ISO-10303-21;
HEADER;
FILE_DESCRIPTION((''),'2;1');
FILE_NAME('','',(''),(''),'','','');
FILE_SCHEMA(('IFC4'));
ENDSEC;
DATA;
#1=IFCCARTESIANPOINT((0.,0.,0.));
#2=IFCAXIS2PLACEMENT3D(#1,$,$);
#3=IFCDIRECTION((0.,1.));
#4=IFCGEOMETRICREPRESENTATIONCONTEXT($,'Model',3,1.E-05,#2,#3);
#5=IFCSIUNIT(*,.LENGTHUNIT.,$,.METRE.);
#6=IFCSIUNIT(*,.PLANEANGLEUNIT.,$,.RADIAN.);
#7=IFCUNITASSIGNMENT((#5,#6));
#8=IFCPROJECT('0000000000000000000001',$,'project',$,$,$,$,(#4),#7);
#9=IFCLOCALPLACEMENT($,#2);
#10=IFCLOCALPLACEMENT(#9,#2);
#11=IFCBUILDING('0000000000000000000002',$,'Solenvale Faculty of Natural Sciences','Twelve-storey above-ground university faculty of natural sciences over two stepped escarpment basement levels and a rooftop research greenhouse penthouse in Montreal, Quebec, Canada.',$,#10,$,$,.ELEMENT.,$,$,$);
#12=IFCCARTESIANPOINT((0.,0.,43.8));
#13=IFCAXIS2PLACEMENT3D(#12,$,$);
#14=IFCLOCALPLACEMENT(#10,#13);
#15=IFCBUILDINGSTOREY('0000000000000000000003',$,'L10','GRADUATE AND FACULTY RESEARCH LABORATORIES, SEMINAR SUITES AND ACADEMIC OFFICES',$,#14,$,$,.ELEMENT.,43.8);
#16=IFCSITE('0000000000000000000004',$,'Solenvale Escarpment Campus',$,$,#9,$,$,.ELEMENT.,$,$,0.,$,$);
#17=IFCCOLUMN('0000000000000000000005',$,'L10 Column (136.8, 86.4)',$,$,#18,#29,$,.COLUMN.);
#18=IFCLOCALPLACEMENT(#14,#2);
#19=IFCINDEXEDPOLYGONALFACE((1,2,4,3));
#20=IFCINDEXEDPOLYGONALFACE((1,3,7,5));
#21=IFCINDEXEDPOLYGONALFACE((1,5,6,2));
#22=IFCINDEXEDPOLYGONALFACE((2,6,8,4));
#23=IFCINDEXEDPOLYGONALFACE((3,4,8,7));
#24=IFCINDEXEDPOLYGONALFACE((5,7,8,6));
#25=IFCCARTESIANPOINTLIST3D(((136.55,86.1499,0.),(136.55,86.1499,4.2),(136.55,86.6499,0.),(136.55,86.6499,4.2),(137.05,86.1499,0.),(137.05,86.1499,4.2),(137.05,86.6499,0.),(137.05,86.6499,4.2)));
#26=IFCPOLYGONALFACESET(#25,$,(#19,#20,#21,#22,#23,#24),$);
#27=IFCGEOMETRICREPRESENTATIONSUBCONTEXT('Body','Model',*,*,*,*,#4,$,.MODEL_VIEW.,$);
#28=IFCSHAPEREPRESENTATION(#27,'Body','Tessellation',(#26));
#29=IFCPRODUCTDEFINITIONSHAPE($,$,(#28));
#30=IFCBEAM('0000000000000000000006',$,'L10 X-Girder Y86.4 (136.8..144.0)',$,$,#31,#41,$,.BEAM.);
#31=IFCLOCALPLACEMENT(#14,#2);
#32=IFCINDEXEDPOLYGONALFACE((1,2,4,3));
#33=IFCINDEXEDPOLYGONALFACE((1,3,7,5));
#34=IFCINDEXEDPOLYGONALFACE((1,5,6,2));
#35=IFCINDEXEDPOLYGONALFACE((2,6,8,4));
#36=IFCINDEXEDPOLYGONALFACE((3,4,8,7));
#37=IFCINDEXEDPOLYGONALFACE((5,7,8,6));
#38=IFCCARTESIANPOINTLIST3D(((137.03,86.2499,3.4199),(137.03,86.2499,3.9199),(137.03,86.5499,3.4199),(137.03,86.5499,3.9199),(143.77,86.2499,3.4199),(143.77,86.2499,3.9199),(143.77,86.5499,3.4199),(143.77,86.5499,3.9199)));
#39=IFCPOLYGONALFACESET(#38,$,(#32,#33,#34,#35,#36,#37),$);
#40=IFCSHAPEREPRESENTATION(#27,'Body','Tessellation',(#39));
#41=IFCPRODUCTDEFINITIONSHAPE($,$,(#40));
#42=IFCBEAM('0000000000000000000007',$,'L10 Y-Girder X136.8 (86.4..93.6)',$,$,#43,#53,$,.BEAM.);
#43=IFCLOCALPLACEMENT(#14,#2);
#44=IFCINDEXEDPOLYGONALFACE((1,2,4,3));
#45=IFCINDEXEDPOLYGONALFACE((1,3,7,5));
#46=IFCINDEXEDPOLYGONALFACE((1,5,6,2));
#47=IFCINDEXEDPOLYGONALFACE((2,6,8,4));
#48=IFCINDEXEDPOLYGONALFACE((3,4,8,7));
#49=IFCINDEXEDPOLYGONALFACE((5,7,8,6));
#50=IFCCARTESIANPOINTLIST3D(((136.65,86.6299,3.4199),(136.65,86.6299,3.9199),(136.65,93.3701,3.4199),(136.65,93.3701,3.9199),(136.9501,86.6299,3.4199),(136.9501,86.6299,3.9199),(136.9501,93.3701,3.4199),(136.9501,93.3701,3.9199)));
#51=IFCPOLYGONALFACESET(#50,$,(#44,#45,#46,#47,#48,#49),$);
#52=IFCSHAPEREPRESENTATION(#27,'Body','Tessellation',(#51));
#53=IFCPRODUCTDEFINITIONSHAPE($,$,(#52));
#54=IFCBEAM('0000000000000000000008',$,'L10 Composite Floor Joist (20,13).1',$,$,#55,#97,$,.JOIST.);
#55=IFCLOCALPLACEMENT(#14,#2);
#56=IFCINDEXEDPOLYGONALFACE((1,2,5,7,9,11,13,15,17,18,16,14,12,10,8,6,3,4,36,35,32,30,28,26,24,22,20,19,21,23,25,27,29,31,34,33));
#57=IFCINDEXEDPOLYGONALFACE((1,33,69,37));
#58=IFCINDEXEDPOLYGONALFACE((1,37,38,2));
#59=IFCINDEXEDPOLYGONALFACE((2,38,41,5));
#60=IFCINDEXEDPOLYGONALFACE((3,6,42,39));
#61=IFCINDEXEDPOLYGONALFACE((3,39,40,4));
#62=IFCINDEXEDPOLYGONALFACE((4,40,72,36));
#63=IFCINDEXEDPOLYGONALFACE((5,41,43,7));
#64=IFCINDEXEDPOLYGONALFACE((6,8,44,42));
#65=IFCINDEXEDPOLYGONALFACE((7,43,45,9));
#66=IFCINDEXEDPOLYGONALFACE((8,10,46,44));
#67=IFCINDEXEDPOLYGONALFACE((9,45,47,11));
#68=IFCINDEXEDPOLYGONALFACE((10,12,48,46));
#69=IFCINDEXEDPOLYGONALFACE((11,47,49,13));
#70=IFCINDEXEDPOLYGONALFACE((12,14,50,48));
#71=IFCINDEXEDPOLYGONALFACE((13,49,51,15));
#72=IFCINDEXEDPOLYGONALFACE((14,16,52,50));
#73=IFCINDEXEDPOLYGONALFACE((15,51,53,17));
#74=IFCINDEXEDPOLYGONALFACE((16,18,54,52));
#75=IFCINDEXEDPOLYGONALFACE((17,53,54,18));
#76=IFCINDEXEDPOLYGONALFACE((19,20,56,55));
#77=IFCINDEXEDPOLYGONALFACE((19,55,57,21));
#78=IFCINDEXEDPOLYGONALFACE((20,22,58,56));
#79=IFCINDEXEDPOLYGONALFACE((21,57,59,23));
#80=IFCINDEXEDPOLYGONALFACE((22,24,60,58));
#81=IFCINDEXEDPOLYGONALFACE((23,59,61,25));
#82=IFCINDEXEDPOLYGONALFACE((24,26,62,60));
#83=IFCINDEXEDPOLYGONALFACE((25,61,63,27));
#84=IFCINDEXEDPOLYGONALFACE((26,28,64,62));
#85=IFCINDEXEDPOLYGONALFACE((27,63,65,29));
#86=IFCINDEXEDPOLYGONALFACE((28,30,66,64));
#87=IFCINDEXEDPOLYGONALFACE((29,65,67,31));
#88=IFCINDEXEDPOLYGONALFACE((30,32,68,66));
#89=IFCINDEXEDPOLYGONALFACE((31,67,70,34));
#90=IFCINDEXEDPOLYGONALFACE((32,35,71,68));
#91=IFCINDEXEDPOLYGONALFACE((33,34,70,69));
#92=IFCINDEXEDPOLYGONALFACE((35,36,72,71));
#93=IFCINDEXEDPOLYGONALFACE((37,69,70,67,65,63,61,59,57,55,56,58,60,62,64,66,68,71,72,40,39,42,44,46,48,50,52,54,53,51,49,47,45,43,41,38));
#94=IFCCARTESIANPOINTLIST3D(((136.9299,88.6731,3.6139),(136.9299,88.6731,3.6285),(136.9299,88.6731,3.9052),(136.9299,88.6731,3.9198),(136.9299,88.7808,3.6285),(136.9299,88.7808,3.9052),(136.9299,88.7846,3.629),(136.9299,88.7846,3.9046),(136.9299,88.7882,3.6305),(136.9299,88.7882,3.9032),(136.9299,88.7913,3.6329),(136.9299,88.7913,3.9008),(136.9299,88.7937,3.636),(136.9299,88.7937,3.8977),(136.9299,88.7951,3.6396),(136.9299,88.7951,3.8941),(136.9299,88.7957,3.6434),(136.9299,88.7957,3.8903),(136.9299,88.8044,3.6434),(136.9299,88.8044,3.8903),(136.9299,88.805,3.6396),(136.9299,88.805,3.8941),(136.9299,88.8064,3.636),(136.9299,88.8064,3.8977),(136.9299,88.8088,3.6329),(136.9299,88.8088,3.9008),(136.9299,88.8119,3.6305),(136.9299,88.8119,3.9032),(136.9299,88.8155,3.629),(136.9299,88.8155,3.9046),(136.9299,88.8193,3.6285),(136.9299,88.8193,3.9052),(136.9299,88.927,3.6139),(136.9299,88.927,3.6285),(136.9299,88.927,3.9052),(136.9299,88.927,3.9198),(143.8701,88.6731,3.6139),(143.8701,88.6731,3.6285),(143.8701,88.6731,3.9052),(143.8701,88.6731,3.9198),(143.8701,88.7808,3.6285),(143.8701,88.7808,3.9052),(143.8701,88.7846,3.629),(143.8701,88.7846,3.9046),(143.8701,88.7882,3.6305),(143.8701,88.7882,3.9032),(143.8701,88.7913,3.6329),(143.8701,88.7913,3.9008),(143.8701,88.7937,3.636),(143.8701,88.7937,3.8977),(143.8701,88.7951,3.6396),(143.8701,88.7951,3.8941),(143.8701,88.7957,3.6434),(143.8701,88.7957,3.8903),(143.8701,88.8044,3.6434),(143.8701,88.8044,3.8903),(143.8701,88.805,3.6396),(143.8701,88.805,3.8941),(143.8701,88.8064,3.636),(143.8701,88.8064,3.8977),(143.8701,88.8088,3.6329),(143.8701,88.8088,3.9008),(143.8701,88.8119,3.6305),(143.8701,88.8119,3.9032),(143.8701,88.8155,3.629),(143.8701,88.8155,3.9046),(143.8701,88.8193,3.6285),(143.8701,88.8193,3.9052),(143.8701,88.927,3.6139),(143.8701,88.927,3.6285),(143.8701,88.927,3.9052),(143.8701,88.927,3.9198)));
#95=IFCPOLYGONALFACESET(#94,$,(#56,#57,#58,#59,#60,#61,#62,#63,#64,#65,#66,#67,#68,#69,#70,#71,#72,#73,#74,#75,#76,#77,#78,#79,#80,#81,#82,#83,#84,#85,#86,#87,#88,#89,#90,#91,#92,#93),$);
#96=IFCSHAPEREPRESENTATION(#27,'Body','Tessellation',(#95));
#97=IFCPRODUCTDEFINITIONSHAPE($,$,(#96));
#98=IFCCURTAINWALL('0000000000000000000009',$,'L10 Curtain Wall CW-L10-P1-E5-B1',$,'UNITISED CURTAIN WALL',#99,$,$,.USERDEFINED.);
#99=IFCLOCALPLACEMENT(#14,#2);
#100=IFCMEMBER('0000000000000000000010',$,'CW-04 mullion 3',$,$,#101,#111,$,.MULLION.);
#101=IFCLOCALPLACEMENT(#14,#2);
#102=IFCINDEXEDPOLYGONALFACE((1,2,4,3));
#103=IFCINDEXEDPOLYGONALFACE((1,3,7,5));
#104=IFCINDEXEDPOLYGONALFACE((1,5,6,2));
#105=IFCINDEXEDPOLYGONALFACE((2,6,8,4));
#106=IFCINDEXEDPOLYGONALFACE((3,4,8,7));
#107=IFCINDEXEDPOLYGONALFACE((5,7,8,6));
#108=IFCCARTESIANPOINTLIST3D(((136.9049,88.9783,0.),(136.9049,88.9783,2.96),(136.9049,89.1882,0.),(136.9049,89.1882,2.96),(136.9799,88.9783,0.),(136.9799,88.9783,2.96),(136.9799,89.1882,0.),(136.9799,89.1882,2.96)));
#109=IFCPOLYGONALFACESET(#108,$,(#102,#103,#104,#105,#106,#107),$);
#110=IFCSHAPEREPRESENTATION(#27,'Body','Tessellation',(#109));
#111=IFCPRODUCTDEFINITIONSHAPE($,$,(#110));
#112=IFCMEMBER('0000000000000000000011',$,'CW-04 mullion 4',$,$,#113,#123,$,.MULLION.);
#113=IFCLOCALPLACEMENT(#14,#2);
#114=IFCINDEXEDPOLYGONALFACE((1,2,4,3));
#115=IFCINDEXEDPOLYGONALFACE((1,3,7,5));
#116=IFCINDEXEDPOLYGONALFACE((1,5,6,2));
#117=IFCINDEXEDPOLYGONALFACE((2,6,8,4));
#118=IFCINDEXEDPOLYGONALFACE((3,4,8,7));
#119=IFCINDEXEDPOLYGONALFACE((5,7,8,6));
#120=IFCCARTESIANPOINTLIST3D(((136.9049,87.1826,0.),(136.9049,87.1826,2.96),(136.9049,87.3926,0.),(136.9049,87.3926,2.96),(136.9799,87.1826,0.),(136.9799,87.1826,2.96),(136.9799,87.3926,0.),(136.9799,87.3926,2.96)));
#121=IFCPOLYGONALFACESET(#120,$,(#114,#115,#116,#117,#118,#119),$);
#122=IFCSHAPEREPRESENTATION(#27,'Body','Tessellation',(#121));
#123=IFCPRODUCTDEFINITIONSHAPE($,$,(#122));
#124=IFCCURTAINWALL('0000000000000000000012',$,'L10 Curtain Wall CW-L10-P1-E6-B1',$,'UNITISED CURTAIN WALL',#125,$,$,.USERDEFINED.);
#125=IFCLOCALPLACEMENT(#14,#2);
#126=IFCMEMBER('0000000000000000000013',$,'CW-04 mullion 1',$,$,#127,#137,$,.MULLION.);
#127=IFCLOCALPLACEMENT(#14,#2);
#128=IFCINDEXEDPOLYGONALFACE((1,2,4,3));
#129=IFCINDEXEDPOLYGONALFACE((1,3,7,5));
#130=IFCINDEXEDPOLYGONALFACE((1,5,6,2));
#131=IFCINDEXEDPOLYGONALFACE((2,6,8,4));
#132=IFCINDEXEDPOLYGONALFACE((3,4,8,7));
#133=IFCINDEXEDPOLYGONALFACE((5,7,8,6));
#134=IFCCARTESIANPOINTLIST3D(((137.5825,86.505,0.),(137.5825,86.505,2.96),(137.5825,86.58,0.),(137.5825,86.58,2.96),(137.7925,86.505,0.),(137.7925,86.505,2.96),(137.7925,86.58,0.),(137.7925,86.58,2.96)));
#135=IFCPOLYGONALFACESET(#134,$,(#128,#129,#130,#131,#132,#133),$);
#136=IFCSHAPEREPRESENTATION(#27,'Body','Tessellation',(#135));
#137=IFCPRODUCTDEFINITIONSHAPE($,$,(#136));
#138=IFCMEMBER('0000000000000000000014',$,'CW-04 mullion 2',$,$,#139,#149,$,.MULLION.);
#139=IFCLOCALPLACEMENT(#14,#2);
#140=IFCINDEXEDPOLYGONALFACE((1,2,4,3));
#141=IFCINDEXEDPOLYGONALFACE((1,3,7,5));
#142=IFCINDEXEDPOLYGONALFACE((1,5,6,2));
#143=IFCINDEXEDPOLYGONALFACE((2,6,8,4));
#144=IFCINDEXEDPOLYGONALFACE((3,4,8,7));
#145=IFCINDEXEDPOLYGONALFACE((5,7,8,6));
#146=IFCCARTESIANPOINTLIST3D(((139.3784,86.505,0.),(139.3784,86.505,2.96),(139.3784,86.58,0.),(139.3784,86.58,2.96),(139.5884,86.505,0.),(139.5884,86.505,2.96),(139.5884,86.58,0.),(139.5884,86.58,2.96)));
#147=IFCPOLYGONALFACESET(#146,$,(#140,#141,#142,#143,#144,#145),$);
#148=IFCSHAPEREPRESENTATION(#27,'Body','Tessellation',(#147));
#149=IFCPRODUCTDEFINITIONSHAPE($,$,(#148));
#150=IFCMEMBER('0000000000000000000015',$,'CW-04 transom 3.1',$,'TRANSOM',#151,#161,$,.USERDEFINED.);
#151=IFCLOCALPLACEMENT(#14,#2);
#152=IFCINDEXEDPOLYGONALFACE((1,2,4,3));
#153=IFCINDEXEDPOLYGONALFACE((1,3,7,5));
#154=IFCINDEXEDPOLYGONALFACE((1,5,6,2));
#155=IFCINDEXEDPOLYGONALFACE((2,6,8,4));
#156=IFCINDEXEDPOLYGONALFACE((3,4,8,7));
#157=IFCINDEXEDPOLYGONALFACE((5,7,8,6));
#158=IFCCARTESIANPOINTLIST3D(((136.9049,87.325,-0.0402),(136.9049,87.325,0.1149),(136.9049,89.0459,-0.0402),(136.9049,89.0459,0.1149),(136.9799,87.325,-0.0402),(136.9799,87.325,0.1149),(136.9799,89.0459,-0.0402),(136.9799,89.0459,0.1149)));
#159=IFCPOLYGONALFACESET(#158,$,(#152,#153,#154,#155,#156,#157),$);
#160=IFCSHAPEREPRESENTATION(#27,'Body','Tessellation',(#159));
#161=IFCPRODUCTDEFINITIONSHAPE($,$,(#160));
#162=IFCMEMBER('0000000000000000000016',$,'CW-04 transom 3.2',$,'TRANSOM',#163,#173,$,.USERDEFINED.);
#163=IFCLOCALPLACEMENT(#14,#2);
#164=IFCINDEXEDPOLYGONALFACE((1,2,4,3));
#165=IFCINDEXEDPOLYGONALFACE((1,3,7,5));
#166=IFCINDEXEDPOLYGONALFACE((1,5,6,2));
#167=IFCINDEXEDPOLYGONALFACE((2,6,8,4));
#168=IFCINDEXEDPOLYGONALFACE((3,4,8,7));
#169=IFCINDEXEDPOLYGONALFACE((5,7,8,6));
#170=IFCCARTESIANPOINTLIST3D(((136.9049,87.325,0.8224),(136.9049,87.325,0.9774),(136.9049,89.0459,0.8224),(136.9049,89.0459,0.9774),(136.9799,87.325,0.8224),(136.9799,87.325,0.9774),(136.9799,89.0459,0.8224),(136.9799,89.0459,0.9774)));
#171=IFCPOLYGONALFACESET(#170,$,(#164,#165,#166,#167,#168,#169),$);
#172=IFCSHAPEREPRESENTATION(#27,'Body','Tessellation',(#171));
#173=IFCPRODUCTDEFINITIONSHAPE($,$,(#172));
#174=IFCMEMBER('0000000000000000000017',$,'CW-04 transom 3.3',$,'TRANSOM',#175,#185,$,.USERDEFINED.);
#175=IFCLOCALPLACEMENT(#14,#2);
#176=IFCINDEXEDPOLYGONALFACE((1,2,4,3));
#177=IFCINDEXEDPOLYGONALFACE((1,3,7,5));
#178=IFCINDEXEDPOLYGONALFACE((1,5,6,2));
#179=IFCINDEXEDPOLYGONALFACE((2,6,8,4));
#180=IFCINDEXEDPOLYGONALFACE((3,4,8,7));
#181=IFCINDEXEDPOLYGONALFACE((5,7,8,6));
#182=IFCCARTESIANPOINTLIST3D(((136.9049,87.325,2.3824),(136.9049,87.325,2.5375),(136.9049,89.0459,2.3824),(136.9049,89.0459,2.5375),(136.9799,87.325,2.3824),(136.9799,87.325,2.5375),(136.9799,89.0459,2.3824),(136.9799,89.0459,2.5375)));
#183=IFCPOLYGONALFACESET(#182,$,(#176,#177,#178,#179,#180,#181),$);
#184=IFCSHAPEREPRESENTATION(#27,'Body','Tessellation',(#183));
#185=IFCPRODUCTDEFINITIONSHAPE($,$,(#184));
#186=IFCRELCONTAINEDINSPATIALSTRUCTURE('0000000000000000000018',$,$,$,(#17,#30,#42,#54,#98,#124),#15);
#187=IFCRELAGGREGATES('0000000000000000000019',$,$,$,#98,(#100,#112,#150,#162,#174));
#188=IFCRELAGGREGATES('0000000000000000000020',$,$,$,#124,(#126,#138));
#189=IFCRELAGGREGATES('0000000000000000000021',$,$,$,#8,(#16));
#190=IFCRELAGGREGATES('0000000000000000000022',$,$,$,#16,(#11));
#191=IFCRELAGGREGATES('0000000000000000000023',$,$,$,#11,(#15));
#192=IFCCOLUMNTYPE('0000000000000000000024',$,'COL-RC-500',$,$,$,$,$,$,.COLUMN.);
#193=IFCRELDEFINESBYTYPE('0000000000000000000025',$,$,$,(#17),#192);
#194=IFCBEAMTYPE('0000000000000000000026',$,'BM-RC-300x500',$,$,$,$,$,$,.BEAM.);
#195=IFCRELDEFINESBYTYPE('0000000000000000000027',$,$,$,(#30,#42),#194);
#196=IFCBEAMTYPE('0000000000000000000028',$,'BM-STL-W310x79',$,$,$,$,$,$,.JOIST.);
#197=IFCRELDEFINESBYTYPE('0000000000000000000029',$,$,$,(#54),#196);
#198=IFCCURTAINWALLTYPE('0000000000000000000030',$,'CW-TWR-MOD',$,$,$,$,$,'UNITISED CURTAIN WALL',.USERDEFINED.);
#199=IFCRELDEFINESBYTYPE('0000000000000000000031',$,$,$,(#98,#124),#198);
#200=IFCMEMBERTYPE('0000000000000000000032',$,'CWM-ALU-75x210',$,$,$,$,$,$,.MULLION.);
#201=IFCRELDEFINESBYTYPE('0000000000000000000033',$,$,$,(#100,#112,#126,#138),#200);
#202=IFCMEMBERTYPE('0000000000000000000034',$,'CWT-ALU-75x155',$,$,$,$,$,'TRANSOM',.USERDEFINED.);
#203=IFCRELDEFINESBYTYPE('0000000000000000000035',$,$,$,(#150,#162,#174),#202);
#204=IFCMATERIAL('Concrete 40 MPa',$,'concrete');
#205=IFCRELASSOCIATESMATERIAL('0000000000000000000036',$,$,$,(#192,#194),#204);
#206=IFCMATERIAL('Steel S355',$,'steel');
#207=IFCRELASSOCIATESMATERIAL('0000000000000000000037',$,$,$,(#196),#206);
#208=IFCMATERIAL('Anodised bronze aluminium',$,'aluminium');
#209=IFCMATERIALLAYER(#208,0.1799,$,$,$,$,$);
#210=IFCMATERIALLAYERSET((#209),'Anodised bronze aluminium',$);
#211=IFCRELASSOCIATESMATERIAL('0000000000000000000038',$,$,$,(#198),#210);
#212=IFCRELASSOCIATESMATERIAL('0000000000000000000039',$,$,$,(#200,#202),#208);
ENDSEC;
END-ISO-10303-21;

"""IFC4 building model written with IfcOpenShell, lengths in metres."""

from ifc_helpers import new_model, si_unit, direction, frame, origin, origin_2d, place, context, subcontext, project, spatial, rectangle, i_section, extrude, material, layer, layer_set, material_profile, profile_set, type_object, element, aggregate, save


model = new_model("IFC4")

# Units and contexts
model_context = context("Model", 3, precision=1e-05, world=origin(), true_north=direction((0.0, 1.0)))
body_context = subcontext(model_context, "Body", "Model", "MODEL_VIEW")
ifc_project = project(units=[si_unit("LENGTHUNIT", "METRE"), si_unit("PLANEANGLEUNIT", "RADIAN")], contexts=[model_context])

# Site, building, storey
site_placement = place(None, origin())
site = spatial("IfcSite", under=ifc_project, at=site_placement, Name="Solenvale Escarpment Campus", CompositionType="ELEMENT", RefElevation=0.0)
building_placement = place(site_placement, origin())
building = spatial("IfcBuilding", under=site, at=building_placement, Name="Solenvale Faculty of Natural Sciences", Description="Twelve-storey above-ground university faculty of natural sciences over two stepped escarpment basement levels and a rooftop research greenhouse penthouse in Montreal, Quebec, Canada.", CompositionType="ELEMENT")
storey_placement = place(building_placement, frame((0.0, 0.0, 43.8)))
storey = spatial("IfcBuildingStorey", under=building, at=storey_placement, Name="L10", Description="GRADUATE AND FACULTY RESEARCH LABORATORIES, SEMINAR SUITES AND ACADEMIC OFFICES", CompositionType="ELEMENT", Elevation=43.8)

# Column
ifc_material_1 = material(Name="Concrete 40 MPa", Category="concrete")
ifc_material_profile_1 = material_profile(ifc_material_1, rectangle(XDim=0.5, YDim=0.5, at=origin_2d()), Name="RC-COL-500x500")
ifc_profile_set_1 = profile_set([ifc_material_profile_1], Name="Concrete 40 MPa")
column_type = type_object("IfcColumnType", Name="COL-RC-500", PredefinedType="COLUMN", material=ifc_profile_set_1)
column_placement = place(storey_placement, frame((136.8, 86.3999, 0.0), z_axis=(0.0, 0.0, 1.0), x_axis=(1.0, 0.0, 0.0)))
element("IfcColumn", 1, at=column_placement, inside=storey, type_object=column_type, Name="L10 Column (136.8, 86.4)", PredefinedType="COLUMN", context=body_context, shape_type="SweptSolid", body=[
    extrude(rectangle(XDim=0.5, YDim=0.5, at=origin_2d()), origin(), (0.0, 0.0, 1.0), 4.2),
])

# Beams
ifc_material_profile_2 = material_profile(ifc_material_1, rectangle(XDim=0.3, YDim=0.5, at=origin_2d()), Name="RC-BM-300x500")
ifc_profile_set_2 = profile_set([ifc_material_profile_2], Name="Concrete 40 MPa")
beam_type_1 = type_object("IfcBeamType", Name="BM-RC-300x500", PredefinedType="BEAM", material=ifc_profile_set_2)
beam_1_placement = place(storey_placement, frame((137.03, 86.3999, 3.6699), z_axis=(1.0, 0.0, 0.0), x_axis=(0.0, 1.0, 0.0)))
element("IfcBeam", 2, at=beam_1_placement, inside=storey, type_object=beam_type_1, Name="L10 X-Girder Y86.4 (136.8..144.0)", PredefinedType="BEAM", context=body_context, shape_type="SweptSolid", body=[
    extrude(rectangle(XDim=0.3, YDim=0.5, at=origin_2d()), origin(), (0.0, 0.0, 1.0), 6.74),
])
beam_2_placement = place(storey_placement, frame((136.8, 86.6299, 3.6699), z_axis=(0.0, 1.0, 0.0), x_axis=(-1.0, 0.0, 0.0)))
element("IfcBeam", 3, at=beam_2_placement, inside=storey, type_object=beam_type_1, Name="L10 Y-Girder X136.8 (86.4..93.6)", PredefinedType="BEAM", context=body_context, shape_type="SweptSolid", body=[
    extrude(rectangle(XDim=0.3, YDim=0.5, at=origin_2d()), origin(), (0.0, 0.0, 1.0), 6.7402),
])
ifc_material_2 = material(Name="Steel S355", Category="steel")
ifc_material_profile_3 = material_profile(ifc_material_2, i_section(OverallWidth=0.2539, OverallDepth=0.3059, WebThickness=0.0088, FlangeThickness=0.0146, FilletRadius=0.0149, at=origin_2d()), Name="W310x79")
ifc_profile_set_3 = profile_set([ifc_material_profile_3], Name="Steel S355")
beam_type_2 = type_object("IfcBeamType", Name="BM-STL-W310x79", PredefinedType="JOIST", material=ifc_profile_set_3)
beam_3_placement = place(storey_placement, frame((136.9299, 88.8, 3.7668), z_axis=(1.0, 0.0, 0.0), x_axis=(0.0, 1.0, 0.0)))
element("IfcBeam", 4, at=beam_3_placement, inside=storey, type_object=beam_type_2, Name="L10 Composite Floor Joist (20,13).1", PredefinedType="JOIST", context=body_context, shape_type="SweptSolid", body=[
    extrude(i_section(OverallWidth=0.2539, OverallDepth=0.3059, WebThickness=0.0088, FlangeThickness=0.0146, FilletRadius=0.0149, at=origin_2d()), origin(), (0.0, 0.0, 1.0), 6.9402),
])

# Curtain walls, members
ifc_material_3 = material(Name="Anodised bronze aluminium", Category="aluminium")
ifc_layer_1 = layer(ifc_material_3, 0.1799)
ifc_layer_set_1 = layer_set([ifc_layer_1], Name="Anodised bronze aluminium")
curtain_wall_type = type_object("IfcCurtainWallType", Name="CW-TWR-MOD", ElementType="UNITISED CURTAIN WALL", PredefinedType="USERDEFINED", material=ifc_layer_set_1)
curtain_wall_1_placement = place(storey_placement, origin())
curtain_wall_1 = element("IfcCurtainWall", 5, at=curtain_wall_1_placement, inside=storey, type_object=curtain_wall_type, Name="L10 Curtain Wall CW-L10-P1-E5-B1", ObjectType="UNITISED CURTAIN WALL", PredefinedType="USERDEFINED")
ifc_material_profile_4 = material_profile(ifc_material_3, rectangle(XDim=0.075, YDim=0.21, at=origin_2d()), Name="ALU-MUL-75x210")
ifc_profile_set_4 = profile_set([ifc_material_profile_4], Name="Anodised bronze aluminium")
member_type_1 = type_object("IfcMemberType", Name="CWM-ALU-75x210", PredefinedType="MULLION", material=ifc_profile_set_4)
member_1_placement = place(storey_placement, frame((136.9424, 89.0833, 0.0), z_axis=(0.0, 0.0, 1.0), x_axis=(1.0, 0.0, 0.0)))
member_1 = element("IfcMember", 6, at=member_1_placement, type_object=member_type_1, Name="CW-04 mullion 3", PredefinedType="MULLION", context=body_context, shape_type="SweptSolid", body=[
    extrude(rectangle(XDim=0.075, YDim=0.21, at=origin_2d()), origin(), (0.0, 0.0, 1.0), 2.96),
])
member_2_placement = place(storey_placement, frame((136.9424, 87.2876, 0.0), z_axis=(0.0, 0.0, 1.0), x_axis=(1.0, 0.0, 0.0)))
member_2 = element("IfcMember", 7, at=member_2_placement, type_object=member_type_1, Name="CW-04 mullion 4", PredefinedType="MULLION", context=body_context, shape_type="SweptSolid", body=[
    extrude(rectangle(XDim=0.075, YDim=0.21, at=origin_2d()), origin(), (0.0, 0.0, 1.0), 2.96),
])
curtain_wall_2_placement = place(storey_placement, origin())
curtain_wall_2 = element("IfcCurtainWall", 8, at=curtain_wall_2_placement, inside=storey, type_object=curtain_wall_type, Name="L10 Curtain Wall CW-L10-P1-E6-B1", ObjectType="UNITISED CURTAIN WALL", PredefinedType="USERDEFINED")
member_3_placement = place(storey_placement, frame((137.6875, 86.5425, 0.0), z_axis=(0.0, 0.0, 1.0), x_axis=(0.0, 1.0, 0.0)))
member_3 = element("IfcMember", 9, at=member_3_placement, type_object=member_type_1, Name="CW-04 mullion 1", PredefinedType="MULLION", context=body_context, shape_type="SweptSolid", body=[
    extrude(rectangle(XDim=0.075, YDim=0.21, at=origin_2d()), origin(), (0.0, 0.0, 1.0), 2.96),
])
member_4_placement = place(storey_placement, frame((139.4834, 86.5425, 0.0), z_axis=(0.0, 0.0, 1.0), x_axis=(0.0, 1.0, 0.0)))
member_4 = element("IfcMember", 10, at=member_4_placement, type_object=member_type_1, Name="CW-04 mullion 2", PredefinedType="MULLION", context=body_context, shape_type="SweptSolid", body=[
    extrude(rectangle(XDim=0.075, YDim=0.21, at=origin_2d()), origin(), (0.0, 0.0, 1.0), 2.96),
])

# Members
ifc_material_profile_5 = material_profile(ifc_material_3, rectangle(XDim=0.075, YDim=0.155, at=origin_2d()), Name="ALU-TRN-75x155")
ifc_profile_set_5 = profile_set([ifc_material_profile_5], Name="Anodised bronze aluminium")
member_type_2 = type_object("IfcMemberType", Name="CWT-ALU-75x155", ElementType="TRANSOM", PredefinedType="USERDEFINED", material=ifc_profile_set_5)
member_5_placement = place(storey_placement, frame((136.9424, 89.0459, 0.0374), z_axis=(0.0, -1.0, 0.0), x_axis=(1.0, 0.0, 0.0)))
member_5 = element("IfcMember", 11, at=member_5_placement, type_object=member_type_2, Name="CW-04 transom 3.1", ObjectType="TRANSOM", PredefinedType="USERDEFINED", context=body_context, shape_type="SweptSolid", body=[
    extrude(rectangle(XDim=0.075, YDim=0.155, at=origin_2d()), origin(), (0.0, 0.0, 1.0), 1.7209),
])
member_6_placement = place(storey_placement, frame((136.9424, 89.0459, 0.8999), z_axis=(0.0, -1.0, 0.0), x_axis=(1.0, 0.0, 0.0)))
member_6 = element("IfcMember", 12, at=member_6_placement, type_object=member_type_2, Name="CW-04 transom 3.2", ObjectType="TRANSOM", PredefinedType="USERDEFINED", context=body_context, shape_type="SweptSolid", body=[
    extrude(rectangle(XDim=0.075, YDim=0.155, at=origin_2d()), origin(), (0.0, 0.0, 1.0), 1.7209),
])
member_7_placement = place(storey_placement, frame((136.9424, 89.0459, 2.46), z_axis=(0.0, -1.0, 0.0), x_axis=(1.0, 0.0, 0.0)))
member_7 = element("IfcMember", 13, at=member_7_placement, type_object=member_type_2, Name="CW-04 transom 3.3", ObjectType="TRANSOM", PredefinedType="USERDEFINED", context=body_context, shape_type="SweptSolid", body=[
    extrude(rectangle(XDim=0.075, YDim=0.155, at=origin_2d()), origin(), (0.0, 0.0, 1.0), 1.7209),
])

aggregate(curtain_wall_1, [member_1, member_2, member_5, member_6, member_7])
aggregate(curtain_wall_2, [member_3, member_4])

save(model, "model.ifc")
